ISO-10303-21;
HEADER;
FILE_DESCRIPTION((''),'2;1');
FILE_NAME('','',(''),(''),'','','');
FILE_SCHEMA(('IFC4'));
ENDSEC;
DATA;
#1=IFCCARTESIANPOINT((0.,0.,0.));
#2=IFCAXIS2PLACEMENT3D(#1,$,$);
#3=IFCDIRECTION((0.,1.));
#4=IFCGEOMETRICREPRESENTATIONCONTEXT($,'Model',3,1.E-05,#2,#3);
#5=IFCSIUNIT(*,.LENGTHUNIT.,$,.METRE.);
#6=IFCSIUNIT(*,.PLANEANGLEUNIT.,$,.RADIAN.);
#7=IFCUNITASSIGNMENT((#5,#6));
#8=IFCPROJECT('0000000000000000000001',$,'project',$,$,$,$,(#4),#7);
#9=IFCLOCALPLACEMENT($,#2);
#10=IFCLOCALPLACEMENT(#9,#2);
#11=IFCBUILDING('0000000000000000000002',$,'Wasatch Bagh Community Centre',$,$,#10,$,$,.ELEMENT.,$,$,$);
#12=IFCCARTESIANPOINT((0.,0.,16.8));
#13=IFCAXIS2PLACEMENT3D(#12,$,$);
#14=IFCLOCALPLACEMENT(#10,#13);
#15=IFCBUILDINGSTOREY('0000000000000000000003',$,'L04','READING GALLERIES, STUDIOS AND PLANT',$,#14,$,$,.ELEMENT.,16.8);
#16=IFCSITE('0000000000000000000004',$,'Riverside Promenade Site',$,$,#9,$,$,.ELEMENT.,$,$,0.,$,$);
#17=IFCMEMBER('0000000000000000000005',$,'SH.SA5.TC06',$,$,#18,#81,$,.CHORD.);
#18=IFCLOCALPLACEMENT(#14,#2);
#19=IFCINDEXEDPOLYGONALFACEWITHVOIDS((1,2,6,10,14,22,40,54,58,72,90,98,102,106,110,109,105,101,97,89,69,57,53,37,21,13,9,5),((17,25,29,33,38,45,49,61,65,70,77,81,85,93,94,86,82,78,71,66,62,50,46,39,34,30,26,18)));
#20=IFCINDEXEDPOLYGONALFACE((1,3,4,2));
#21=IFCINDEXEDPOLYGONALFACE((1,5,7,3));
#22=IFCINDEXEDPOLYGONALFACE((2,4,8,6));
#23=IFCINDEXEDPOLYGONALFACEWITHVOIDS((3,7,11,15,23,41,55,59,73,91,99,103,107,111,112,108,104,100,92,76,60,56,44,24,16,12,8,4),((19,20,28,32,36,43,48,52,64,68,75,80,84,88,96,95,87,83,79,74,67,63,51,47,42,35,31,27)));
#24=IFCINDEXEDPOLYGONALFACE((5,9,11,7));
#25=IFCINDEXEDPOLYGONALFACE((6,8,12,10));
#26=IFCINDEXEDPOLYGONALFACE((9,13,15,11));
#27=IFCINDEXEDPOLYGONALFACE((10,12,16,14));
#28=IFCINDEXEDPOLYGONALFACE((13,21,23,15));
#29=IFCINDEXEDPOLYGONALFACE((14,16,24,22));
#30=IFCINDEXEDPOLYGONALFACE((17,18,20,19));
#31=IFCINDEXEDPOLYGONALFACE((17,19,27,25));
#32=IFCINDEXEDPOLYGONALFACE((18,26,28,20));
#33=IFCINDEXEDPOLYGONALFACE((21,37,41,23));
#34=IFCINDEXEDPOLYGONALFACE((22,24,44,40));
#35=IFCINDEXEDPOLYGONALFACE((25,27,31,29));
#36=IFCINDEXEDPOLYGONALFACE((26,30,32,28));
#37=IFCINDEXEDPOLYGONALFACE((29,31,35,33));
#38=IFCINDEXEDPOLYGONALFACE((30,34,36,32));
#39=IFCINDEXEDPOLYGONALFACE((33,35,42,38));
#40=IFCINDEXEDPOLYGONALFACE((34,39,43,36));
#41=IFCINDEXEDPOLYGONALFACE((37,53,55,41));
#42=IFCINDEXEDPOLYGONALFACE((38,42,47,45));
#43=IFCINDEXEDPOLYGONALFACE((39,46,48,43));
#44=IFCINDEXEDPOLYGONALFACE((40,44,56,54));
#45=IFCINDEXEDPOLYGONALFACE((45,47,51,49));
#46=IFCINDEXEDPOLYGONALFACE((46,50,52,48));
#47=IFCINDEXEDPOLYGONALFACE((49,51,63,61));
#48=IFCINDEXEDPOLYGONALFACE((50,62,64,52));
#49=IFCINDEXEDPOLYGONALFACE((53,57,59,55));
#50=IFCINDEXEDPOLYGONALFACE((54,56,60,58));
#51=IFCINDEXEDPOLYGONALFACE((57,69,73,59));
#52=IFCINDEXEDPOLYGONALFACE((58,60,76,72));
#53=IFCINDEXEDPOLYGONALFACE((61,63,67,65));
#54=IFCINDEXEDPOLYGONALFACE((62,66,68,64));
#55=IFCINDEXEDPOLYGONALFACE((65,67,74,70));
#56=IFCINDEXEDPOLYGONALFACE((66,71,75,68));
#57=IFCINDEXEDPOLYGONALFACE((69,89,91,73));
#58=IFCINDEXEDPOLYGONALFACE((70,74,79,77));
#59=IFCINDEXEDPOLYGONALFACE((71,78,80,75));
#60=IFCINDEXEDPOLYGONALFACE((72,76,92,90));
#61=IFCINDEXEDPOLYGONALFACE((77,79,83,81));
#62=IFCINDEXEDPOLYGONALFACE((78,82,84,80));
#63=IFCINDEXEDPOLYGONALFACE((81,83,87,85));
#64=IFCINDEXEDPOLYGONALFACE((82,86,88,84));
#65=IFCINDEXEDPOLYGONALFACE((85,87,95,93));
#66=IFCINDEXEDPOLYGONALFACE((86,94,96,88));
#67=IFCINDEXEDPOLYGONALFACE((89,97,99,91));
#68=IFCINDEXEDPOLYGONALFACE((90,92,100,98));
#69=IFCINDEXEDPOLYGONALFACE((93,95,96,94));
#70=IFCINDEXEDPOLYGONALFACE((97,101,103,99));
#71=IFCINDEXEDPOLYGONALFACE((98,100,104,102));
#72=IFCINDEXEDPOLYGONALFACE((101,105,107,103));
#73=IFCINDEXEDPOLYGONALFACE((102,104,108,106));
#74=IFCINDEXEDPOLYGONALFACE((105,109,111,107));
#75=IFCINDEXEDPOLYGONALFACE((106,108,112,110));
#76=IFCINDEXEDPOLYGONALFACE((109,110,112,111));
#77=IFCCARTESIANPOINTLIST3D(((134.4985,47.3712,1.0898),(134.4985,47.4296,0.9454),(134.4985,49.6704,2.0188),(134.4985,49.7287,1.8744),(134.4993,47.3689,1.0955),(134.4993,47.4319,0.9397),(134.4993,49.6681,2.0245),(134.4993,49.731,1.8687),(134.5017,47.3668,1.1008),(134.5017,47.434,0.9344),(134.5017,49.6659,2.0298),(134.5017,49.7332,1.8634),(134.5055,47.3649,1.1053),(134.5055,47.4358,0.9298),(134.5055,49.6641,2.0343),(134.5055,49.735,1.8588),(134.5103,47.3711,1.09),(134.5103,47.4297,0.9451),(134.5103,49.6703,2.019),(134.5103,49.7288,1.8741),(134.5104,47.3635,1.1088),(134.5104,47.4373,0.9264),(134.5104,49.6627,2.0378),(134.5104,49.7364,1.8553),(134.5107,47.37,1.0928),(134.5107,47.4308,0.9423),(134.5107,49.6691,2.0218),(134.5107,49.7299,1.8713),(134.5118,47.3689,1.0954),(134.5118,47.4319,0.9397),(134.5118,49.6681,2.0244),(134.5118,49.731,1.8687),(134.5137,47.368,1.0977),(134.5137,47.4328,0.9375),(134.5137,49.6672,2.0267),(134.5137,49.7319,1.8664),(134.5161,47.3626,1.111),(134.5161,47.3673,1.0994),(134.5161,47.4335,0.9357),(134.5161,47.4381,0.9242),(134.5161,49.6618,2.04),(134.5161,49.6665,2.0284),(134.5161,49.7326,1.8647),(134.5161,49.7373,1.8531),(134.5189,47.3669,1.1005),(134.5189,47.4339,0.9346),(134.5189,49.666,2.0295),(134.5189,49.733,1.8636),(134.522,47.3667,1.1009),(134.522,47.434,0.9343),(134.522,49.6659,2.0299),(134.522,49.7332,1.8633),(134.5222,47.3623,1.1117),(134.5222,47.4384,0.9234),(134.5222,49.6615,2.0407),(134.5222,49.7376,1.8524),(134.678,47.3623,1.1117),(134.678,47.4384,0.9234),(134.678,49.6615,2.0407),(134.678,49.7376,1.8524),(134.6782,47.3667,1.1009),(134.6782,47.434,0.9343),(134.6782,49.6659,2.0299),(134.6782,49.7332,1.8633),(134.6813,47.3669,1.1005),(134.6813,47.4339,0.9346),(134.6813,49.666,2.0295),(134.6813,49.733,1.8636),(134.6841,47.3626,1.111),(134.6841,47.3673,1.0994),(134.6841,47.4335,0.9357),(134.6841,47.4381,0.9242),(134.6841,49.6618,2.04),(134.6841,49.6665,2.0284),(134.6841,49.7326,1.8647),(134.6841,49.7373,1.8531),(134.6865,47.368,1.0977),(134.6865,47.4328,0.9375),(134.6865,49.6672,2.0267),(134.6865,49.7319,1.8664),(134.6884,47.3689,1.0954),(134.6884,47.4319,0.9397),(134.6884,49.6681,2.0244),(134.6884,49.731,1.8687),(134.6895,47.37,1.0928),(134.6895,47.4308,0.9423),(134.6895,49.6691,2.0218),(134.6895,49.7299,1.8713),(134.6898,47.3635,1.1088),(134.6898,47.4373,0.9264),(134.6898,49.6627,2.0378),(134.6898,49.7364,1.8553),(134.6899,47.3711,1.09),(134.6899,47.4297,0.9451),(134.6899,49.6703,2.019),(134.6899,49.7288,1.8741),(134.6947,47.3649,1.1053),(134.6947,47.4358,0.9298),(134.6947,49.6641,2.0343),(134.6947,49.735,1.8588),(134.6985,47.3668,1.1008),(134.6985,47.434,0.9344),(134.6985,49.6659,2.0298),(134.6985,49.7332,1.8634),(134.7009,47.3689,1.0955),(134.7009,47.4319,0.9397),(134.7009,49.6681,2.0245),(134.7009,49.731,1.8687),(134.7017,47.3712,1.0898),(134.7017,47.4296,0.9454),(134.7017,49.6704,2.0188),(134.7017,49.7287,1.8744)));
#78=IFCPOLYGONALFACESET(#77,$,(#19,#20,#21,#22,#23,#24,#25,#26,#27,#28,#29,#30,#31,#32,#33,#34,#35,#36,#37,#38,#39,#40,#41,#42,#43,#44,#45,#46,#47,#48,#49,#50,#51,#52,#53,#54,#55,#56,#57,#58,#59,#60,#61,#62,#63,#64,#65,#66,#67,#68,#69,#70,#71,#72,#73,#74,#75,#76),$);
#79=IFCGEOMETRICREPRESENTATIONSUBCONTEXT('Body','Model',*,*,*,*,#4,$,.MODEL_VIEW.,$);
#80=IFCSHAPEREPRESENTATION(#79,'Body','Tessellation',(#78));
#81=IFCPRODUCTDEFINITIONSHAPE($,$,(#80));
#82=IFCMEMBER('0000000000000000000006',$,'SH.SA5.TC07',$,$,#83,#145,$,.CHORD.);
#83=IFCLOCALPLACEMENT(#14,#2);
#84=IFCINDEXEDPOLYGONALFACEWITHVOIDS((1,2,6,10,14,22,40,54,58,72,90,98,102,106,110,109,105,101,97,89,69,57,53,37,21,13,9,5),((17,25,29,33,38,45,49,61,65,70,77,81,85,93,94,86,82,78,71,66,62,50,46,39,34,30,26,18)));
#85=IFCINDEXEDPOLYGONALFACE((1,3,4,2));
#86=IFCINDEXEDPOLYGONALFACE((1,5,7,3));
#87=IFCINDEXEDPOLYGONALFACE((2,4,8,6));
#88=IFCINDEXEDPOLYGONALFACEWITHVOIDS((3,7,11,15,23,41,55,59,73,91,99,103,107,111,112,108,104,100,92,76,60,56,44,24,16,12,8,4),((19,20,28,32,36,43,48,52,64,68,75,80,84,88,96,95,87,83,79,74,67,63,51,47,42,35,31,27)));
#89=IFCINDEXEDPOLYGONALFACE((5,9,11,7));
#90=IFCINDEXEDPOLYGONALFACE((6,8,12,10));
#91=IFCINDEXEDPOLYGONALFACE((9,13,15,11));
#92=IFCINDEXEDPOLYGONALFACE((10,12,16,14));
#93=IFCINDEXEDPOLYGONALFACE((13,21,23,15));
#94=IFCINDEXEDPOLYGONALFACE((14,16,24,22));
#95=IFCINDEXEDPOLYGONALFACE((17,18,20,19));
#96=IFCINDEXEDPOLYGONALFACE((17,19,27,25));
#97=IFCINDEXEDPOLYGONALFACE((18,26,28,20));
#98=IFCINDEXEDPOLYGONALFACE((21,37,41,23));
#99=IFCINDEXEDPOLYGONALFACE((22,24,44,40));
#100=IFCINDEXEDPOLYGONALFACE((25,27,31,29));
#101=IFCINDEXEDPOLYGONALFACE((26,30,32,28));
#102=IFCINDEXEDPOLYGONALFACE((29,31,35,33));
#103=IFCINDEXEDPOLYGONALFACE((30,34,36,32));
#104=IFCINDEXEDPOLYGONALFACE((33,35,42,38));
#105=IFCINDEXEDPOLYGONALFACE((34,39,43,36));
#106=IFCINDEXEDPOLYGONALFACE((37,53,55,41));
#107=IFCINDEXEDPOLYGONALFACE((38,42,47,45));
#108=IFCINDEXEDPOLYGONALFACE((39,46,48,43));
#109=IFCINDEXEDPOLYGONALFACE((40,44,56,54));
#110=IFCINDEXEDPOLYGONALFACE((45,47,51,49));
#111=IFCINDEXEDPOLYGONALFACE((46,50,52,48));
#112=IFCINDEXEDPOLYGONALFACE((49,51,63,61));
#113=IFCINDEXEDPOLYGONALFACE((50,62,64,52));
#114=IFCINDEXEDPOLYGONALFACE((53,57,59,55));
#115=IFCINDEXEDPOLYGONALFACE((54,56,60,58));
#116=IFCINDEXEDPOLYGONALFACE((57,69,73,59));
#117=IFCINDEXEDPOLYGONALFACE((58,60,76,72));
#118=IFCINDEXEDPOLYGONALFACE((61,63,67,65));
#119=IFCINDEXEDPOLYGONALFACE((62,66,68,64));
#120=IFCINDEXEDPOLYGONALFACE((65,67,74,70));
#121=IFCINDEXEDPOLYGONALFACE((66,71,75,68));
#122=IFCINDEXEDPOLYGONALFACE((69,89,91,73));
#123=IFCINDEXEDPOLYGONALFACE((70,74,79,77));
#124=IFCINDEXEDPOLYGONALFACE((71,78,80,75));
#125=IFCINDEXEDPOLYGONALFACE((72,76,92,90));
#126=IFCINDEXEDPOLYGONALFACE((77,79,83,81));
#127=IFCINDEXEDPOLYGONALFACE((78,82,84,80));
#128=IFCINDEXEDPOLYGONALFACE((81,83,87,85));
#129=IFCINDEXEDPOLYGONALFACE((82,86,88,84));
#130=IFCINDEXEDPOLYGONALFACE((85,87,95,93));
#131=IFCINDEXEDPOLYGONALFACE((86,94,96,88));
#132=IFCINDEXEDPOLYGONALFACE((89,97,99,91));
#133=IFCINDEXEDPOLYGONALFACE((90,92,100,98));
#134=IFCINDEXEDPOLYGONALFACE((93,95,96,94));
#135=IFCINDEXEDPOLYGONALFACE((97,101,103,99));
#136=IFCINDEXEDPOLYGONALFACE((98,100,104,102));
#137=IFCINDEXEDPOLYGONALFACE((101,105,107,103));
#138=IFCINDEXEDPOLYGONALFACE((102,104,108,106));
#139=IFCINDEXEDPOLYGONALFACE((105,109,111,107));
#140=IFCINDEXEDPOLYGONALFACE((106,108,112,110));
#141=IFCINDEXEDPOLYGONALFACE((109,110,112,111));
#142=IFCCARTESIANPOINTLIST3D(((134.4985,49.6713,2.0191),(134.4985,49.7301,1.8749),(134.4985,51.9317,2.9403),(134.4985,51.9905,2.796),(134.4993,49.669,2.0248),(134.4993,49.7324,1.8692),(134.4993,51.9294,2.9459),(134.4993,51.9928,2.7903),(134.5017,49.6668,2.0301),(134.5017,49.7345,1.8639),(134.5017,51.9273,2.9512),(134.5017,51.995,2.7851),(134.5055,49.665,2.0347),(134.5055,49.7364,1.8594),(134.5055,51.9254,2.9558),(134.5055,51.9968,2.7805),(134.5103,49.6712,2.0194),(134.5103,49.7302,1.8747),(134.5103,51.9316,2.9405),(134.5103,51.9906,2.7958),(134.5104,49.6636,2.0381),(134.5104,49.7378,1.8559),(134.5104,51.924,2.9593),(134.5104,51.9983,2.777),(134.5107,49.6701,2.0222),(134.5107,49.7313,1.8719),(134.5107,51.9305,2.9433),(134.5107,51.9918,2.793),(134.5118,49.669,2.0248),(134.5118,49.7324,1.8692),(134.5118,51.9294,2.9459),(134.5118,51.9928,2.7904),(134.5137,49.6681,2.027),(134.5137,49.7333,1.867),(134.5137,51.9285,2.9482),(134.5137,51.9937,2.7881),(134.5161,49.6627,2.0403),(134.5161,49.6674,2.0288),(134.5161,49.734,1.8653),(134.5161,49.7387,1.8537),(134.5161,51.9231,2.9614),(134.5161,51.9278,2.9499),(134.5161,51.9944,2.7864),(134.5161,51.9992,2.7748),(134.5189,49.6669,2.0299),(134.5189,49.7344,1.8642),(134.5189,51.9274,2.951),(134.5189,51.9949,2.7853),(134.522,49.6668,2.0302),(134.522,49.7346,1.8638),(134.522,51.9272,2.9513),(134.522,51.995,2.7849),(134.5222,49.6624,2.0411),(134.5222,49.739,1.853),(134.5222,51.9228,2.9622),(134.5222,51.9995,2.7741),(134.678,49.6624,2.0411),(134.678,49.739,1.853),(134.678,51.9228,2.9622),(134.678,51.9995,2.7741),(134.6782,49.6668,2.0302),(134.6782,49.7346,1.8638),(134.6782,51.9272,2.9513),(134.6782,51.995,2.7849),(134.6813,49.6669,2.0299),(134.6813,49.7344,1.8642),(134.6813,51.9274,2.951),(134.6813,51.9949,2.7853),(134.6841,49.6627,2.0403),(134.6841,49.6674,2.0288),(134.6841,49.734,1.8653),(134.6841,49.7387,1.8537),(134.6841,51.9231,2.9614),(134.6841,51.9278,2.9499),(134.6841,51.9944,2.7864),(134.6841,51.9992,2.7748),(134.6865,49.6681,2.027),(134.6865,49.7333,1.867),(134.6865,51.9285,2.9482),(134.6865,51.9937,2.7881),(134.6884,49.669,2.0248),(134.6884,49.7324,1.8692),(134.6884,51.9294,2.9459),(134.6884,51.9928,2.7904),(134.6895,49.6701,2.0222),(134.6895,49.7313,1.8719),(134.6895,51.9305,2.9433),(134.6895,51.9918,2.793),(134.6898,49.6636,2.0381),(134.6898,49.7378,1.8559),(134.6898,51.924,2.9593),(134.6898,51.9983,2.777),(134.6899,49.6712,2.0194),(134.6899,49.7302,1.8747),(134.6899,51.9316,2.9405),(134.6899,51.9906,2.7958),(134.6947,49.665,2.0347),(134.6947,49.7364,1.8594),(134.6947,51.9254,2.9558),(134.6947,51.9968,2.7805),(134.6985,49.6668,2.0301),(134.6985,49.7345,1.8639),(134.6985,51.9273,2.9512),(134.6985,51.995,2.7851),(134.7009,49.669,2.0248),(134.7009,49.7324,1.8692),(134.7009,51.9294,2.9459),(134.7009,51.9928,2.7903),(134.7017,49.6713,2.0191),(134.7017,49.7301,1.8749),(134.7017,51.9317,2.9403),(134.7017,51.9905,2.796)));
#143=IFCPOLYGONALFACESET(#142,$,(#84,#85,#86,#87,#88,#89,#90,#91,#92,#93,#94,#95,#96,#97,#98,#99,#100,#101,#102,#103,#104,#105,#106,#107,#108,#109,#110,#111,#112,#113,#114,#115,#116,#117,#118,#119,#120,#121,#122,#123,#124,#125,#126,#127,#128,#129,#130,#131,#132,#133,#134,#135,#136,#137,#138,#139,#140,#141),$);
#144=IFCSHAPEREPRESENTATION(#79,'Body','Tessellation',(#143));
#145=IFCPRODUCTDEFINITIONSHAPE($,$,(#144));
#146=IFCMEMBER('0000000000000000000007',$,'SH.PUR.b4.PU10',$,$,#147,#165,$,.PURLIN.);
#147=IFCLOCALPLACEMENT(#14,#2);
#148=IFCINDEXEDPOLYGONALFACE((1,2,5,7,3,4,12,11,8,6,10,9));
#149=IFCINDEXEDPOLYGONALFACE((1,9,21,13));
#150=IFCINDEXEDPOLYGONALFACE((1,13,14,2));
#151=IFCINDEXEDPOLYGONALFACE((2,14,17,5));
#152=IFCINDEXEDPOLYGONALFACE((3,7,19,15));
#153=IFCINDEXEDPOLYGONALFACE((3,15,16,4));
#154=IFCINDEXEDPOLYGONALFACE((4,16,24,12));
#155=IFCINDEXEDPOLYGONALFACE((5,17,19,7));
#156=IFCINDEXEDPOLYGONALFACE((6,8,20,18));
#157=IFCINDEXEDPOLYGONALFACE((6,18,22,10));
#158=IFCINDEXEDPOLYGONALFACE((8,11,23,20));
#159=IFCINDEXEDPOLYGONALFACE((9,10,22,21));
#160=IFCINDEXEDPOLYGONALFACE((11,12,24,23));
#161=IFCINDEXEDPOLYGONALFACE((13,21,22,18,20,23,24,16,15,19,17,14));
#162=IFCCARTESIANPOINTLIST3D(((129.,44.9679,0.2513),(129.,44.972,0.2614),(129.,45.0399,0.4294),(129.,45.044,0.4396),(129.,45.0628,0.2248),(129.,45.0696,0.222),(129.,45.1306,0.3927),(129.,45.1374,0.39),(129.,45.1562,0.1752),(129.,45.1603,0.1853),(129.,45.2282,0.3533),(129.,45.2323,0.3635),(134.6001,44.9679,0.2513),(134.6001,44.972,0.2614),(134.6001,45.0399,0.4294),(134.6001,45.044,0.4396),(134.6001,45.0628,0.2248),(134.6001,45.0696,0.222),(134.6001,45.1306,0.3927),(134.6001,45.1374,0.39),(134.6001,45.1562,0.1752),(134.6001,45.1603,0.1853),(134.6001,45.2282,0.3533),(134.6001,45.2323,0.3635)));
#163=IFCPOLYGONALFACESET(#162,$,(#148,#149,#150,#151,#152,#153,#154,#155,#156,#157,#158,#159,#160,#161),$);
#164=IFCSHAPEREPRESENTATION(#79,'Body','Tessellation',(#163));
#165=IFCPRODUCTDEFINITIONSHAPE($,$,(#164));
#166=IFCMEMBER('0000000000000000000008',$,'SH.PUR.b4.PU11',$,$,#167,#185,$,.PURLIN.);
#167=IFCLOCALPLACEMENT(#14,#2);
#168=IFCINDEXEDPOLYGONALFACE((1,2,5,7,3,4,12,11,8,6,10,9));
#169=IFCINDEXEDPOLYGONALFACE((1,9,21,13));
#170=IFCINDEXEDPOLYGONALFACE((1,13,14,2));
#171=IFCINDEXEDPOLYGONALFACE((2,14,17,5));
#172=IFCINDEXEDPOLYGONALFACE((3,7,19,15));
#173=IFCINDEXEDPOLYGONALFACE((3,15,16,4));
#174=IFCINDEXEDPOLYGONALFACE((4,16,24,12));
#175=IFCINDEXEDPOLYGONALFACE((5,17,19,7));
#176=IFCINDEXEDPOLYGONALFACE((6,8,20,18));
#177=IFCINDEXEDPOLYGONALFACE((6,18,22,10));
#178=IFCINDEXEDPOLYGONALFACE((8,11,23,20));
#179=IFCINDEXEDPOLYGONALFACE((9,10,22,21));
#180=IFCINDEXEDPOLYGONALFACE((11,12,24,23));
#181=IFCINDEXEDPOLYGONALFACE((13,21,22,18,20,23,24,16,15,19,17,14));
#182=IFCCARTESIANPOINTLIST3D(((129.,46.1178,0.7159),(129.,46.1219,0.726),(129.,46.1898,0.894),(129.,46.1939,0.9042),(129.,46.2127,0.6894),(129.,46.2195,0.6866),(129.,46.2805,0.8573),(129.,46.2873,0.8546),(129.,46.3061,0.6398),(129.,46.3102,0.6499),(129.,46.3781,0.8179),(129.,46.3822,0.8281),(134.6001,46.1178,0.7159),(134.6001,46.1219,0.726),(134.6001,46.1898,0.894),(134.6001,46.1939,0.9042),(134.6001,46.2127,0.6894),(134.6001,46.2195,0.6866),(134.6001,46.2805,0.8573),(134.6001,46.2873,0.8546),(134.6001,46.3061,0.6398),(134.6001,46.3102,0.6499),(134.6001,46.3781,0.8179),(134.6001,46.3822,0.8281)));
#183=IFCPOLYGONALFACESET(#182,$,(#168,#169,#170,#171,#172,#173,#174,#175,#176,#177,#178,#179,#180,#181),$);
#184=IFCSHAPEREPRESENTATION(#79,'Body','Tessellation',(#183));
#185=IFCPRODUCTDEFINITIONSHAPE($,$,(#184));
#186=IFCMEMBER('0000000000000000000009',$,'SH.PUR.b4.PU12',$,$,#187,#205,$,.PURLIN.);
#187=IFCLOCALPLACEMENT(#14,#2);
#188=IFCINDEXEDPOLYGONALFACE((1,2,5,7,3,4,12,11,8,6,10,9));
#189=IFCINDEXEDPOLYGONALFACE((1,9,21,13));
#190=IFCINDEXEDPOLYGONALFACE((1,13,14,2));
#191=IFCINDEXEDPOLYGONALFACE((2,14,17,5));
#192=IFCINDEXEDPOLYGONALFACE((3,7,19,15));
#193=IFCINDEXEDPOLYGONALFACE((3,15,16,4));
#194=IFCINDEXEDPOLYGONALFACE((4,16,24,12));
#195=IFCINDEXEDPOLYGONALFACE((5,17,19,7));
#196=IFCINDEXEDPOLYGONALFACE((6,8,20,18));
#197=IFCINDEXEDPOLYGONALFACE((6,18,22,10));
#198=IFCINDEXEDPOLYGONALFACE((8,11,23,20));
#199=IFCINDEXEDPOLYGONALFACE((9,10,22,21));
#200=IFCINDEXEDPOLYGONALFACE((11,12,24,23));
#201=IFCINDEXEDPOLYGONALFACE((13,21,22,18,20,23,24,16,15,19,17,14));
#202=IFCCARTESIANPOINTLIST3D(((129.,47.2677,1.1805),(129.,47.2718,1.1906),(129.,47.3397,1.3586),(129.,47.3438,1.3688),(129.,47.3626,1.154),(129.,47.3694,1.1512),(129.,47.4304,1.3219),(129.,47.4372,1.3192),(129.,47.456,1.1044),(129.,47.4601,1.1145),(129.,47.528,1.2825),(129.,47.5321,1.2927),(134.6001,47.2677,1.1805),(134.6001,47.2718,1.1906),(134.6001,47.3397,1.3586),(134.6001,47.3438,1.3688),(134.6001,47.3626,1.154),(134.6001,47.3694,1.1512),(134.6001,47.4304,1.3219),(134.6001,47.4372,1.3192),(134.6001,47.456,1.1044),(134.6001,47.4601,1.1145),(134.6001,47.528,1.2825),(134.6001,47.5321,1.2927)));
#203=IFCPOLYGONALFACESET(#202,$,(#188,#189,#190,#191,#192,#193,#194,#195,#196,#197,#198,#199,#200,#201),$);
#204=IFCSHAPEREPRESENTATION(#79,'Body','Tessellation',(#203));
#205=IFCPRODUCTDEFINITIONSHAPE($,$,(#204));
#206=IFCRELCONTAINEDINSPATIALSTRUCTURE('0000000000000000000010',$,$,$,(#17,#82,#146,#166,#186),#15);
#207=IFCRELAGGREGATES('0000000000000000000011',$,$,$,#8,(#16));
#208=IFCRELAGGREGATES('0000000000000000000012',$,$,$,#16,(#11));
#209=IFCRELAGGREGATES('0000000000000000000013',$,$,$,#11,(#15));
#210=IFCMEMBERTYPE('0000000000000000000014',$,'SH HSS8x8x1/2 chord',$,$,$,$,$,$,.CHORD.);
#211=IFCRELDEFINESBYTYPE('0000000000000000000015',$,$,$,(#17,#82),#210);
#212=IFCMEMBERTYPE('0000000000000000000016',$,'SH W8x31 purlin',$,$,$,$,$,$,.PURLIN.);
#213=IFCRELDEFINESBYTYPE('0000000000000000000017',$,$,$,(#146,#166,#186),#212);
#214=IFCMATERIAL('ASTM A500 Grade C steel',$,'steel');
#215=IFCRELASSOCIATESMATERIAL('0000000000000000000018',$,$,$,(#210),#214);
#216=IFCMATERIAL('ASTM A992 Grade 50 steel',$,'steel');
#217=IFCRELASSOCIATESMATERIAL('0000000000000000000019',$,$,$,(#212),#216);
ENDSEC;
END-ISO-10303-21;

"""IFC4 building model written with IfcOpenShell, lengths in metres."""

from ifc_helpers import new_model, si_unit, direction, frame, origin, origin_2d, place, context, subcontext, project, spatial, hollow_rectangle, i_section, extrude, material, material_profile, profile_set, type_object, element, save


model = new_model("IFC4")

# Units and contexts
model_context = context("Model", 3, precision=1e-05, world=origin(), true_north=direction((0.0, 1.0)))
body_context = subcontext(model_context, "Body", "Model", "MODEL_VIEW")
ifc_project = project(units=[si_unit("LENGTHUNIT", "METRE"), si_unit("PLANEANGLEUNIT", "RADIAN")], contexts=[model_context])

# Site, building, storey
site_placement = place(None, origin())
site = spatial("IfcSite", under=ifc_project, at=site_placement, Name="Riverside Promenade Site", CompositionType="ELEMENT", RefElevation=0.0)
building_placement = place(site_placement, origin())
building = spatial("IfcBuilding", under=site, at=building_placement, Name="Wasatch Bagh Community Centre", CompositionType="ELEMENT")
storey_placement = place(building_placement, frame((0.0, 0.0, 16.8)))
storey = spatial("IfcBuildingStorey", under=building, at=storey_placement, Name="L04", Description="READING GALLERIES, STUDIOS AND PLANT", CompositionType="ELEMENT", Elevation=16.8)

# Members
ifc_material_1 = material(Name="ASTM A500 Grade C steel", Category="steel")
ifc_material_profile_1 = material_profile(ifc_material_1, hollow_rectangle(XDim=0.2031, YDim=0.2031, WallThickness=0.0117, InnerFilletRadius=0.0117, OuterFilletRadius=0.0237, at=origin_2d()), Name="HSS8x8x1/2")
ifc_profile_set_1 = profile_set([ifc_material_profile_1], Name="ASTM A500 Grade C steel")
member_type_1 = type_object("IfcMemberType", Name="SH HSS8x8x1/2 chord", PredefinedType="CHORD", material=ifc_profile_set_1)
member_1_placement = place(storey_placement, frame((134.6001, 47.4004, 1.0176), z_axis=(0.0, 0.927174, 0.374631), x_axis=(-1.0, 0.0, 0.0)))
element("IfcMember", 1, at=member_1_placement, inside=storey, type_object=member_type_1, Name="SH.SA5.TC06", PredefinedType="CHORD", context=body_context, shape_type="SweptSolid", body=[
    extrude(hollow_rectangle(XDim=0.2031, YDim=0.2031, WallThickness=0.0117, InnerFilletRadius=0.0117, OuterFilletRadius=0.0237, at=origin_2d()), origin(), (0.0, 0.0, 1.0), 2.4797),
])
member_2_placement = place(storey_placement, frame((134.6001, 49.7007, 1.947), z_axis=(0.0, 0.926064, 0.377367), x_axis=(-1.0, 0.0, 0.0)))
element("IfcMember", 2, at=member_2_placement, inside=storey, type_object=member_type_1, Name="SH.SA5.TC07", PredefinedType="CHORD", context=body_context, shape_type="SweptSolid", body=[
    extrude(hollow_rectangle(XDim=0.2031, YDim=0.2031, WallThickness=0.0117, InnerFilletRadius=0.0117, OuterFilletRadius=0.0237, at=origin_2d()), origin(), (0.0, 0.0, 1.0), 2.4409),
])
ifc_material_2 = material(Name="ASTM A992 Grade 50 steel", Category="steel")
ifc_material_profile_2 = material_profile(ifc_material_2, i_section(OverallWidth=0.2031, OverallDepth=0.2031, WebThickness=0.0073, FlangeThickness=0.011, at=origin_2d()), Name="W8x31")
ifc_profile_set_2 = profile_set([ifc_material_profile_2], Name="ASTM A992 Grade 50 steel")
member_type_2 = type_object("IfcMemberType", Name="SH W8x31 purlin", PredefinedType="PURLIN", material=ifc_profile_set_2)
for number, where, z_axis, x_axis, name in (
    (3, (129.0, 45.1001, 0.3074), (1.0, 0.0, 0.0), (0.0, 0.927184, -0.374607), "SH.PUR.b4.PU10"),
    (4, (129.0, 46.25, 0.772), (1.0, 0.0, 0.0), (0.0, 0.927184, -0.374607), "SH.PUR.b4.PU11"),
    (5, (129.0, 47.3999, 1.2366), (1.0, 0.0, 0.0), (0.0, 0.927184, -0.374607), "SH.PUR.b4.PU12"),
):
    element("IfcMember", number, at=place(storey_placement, frame(where, z_axis=z_axis, x_axis=x_axis)), inside=storey, type_object=member_type_2, Name=name, PredefinedType="PURLIN", context=body_context, shape_type="SweptSolid", body=[
        extrude(i_section(OverallWidth=0.2031, OverallDepth=0.2031, WebThickness=0.0073, FlangeThickness=0.011, at=origin_2d()), origin(), (0.0, 0.0, 1.0), 5.6001),
    ])

save(model, "model.ifc")
